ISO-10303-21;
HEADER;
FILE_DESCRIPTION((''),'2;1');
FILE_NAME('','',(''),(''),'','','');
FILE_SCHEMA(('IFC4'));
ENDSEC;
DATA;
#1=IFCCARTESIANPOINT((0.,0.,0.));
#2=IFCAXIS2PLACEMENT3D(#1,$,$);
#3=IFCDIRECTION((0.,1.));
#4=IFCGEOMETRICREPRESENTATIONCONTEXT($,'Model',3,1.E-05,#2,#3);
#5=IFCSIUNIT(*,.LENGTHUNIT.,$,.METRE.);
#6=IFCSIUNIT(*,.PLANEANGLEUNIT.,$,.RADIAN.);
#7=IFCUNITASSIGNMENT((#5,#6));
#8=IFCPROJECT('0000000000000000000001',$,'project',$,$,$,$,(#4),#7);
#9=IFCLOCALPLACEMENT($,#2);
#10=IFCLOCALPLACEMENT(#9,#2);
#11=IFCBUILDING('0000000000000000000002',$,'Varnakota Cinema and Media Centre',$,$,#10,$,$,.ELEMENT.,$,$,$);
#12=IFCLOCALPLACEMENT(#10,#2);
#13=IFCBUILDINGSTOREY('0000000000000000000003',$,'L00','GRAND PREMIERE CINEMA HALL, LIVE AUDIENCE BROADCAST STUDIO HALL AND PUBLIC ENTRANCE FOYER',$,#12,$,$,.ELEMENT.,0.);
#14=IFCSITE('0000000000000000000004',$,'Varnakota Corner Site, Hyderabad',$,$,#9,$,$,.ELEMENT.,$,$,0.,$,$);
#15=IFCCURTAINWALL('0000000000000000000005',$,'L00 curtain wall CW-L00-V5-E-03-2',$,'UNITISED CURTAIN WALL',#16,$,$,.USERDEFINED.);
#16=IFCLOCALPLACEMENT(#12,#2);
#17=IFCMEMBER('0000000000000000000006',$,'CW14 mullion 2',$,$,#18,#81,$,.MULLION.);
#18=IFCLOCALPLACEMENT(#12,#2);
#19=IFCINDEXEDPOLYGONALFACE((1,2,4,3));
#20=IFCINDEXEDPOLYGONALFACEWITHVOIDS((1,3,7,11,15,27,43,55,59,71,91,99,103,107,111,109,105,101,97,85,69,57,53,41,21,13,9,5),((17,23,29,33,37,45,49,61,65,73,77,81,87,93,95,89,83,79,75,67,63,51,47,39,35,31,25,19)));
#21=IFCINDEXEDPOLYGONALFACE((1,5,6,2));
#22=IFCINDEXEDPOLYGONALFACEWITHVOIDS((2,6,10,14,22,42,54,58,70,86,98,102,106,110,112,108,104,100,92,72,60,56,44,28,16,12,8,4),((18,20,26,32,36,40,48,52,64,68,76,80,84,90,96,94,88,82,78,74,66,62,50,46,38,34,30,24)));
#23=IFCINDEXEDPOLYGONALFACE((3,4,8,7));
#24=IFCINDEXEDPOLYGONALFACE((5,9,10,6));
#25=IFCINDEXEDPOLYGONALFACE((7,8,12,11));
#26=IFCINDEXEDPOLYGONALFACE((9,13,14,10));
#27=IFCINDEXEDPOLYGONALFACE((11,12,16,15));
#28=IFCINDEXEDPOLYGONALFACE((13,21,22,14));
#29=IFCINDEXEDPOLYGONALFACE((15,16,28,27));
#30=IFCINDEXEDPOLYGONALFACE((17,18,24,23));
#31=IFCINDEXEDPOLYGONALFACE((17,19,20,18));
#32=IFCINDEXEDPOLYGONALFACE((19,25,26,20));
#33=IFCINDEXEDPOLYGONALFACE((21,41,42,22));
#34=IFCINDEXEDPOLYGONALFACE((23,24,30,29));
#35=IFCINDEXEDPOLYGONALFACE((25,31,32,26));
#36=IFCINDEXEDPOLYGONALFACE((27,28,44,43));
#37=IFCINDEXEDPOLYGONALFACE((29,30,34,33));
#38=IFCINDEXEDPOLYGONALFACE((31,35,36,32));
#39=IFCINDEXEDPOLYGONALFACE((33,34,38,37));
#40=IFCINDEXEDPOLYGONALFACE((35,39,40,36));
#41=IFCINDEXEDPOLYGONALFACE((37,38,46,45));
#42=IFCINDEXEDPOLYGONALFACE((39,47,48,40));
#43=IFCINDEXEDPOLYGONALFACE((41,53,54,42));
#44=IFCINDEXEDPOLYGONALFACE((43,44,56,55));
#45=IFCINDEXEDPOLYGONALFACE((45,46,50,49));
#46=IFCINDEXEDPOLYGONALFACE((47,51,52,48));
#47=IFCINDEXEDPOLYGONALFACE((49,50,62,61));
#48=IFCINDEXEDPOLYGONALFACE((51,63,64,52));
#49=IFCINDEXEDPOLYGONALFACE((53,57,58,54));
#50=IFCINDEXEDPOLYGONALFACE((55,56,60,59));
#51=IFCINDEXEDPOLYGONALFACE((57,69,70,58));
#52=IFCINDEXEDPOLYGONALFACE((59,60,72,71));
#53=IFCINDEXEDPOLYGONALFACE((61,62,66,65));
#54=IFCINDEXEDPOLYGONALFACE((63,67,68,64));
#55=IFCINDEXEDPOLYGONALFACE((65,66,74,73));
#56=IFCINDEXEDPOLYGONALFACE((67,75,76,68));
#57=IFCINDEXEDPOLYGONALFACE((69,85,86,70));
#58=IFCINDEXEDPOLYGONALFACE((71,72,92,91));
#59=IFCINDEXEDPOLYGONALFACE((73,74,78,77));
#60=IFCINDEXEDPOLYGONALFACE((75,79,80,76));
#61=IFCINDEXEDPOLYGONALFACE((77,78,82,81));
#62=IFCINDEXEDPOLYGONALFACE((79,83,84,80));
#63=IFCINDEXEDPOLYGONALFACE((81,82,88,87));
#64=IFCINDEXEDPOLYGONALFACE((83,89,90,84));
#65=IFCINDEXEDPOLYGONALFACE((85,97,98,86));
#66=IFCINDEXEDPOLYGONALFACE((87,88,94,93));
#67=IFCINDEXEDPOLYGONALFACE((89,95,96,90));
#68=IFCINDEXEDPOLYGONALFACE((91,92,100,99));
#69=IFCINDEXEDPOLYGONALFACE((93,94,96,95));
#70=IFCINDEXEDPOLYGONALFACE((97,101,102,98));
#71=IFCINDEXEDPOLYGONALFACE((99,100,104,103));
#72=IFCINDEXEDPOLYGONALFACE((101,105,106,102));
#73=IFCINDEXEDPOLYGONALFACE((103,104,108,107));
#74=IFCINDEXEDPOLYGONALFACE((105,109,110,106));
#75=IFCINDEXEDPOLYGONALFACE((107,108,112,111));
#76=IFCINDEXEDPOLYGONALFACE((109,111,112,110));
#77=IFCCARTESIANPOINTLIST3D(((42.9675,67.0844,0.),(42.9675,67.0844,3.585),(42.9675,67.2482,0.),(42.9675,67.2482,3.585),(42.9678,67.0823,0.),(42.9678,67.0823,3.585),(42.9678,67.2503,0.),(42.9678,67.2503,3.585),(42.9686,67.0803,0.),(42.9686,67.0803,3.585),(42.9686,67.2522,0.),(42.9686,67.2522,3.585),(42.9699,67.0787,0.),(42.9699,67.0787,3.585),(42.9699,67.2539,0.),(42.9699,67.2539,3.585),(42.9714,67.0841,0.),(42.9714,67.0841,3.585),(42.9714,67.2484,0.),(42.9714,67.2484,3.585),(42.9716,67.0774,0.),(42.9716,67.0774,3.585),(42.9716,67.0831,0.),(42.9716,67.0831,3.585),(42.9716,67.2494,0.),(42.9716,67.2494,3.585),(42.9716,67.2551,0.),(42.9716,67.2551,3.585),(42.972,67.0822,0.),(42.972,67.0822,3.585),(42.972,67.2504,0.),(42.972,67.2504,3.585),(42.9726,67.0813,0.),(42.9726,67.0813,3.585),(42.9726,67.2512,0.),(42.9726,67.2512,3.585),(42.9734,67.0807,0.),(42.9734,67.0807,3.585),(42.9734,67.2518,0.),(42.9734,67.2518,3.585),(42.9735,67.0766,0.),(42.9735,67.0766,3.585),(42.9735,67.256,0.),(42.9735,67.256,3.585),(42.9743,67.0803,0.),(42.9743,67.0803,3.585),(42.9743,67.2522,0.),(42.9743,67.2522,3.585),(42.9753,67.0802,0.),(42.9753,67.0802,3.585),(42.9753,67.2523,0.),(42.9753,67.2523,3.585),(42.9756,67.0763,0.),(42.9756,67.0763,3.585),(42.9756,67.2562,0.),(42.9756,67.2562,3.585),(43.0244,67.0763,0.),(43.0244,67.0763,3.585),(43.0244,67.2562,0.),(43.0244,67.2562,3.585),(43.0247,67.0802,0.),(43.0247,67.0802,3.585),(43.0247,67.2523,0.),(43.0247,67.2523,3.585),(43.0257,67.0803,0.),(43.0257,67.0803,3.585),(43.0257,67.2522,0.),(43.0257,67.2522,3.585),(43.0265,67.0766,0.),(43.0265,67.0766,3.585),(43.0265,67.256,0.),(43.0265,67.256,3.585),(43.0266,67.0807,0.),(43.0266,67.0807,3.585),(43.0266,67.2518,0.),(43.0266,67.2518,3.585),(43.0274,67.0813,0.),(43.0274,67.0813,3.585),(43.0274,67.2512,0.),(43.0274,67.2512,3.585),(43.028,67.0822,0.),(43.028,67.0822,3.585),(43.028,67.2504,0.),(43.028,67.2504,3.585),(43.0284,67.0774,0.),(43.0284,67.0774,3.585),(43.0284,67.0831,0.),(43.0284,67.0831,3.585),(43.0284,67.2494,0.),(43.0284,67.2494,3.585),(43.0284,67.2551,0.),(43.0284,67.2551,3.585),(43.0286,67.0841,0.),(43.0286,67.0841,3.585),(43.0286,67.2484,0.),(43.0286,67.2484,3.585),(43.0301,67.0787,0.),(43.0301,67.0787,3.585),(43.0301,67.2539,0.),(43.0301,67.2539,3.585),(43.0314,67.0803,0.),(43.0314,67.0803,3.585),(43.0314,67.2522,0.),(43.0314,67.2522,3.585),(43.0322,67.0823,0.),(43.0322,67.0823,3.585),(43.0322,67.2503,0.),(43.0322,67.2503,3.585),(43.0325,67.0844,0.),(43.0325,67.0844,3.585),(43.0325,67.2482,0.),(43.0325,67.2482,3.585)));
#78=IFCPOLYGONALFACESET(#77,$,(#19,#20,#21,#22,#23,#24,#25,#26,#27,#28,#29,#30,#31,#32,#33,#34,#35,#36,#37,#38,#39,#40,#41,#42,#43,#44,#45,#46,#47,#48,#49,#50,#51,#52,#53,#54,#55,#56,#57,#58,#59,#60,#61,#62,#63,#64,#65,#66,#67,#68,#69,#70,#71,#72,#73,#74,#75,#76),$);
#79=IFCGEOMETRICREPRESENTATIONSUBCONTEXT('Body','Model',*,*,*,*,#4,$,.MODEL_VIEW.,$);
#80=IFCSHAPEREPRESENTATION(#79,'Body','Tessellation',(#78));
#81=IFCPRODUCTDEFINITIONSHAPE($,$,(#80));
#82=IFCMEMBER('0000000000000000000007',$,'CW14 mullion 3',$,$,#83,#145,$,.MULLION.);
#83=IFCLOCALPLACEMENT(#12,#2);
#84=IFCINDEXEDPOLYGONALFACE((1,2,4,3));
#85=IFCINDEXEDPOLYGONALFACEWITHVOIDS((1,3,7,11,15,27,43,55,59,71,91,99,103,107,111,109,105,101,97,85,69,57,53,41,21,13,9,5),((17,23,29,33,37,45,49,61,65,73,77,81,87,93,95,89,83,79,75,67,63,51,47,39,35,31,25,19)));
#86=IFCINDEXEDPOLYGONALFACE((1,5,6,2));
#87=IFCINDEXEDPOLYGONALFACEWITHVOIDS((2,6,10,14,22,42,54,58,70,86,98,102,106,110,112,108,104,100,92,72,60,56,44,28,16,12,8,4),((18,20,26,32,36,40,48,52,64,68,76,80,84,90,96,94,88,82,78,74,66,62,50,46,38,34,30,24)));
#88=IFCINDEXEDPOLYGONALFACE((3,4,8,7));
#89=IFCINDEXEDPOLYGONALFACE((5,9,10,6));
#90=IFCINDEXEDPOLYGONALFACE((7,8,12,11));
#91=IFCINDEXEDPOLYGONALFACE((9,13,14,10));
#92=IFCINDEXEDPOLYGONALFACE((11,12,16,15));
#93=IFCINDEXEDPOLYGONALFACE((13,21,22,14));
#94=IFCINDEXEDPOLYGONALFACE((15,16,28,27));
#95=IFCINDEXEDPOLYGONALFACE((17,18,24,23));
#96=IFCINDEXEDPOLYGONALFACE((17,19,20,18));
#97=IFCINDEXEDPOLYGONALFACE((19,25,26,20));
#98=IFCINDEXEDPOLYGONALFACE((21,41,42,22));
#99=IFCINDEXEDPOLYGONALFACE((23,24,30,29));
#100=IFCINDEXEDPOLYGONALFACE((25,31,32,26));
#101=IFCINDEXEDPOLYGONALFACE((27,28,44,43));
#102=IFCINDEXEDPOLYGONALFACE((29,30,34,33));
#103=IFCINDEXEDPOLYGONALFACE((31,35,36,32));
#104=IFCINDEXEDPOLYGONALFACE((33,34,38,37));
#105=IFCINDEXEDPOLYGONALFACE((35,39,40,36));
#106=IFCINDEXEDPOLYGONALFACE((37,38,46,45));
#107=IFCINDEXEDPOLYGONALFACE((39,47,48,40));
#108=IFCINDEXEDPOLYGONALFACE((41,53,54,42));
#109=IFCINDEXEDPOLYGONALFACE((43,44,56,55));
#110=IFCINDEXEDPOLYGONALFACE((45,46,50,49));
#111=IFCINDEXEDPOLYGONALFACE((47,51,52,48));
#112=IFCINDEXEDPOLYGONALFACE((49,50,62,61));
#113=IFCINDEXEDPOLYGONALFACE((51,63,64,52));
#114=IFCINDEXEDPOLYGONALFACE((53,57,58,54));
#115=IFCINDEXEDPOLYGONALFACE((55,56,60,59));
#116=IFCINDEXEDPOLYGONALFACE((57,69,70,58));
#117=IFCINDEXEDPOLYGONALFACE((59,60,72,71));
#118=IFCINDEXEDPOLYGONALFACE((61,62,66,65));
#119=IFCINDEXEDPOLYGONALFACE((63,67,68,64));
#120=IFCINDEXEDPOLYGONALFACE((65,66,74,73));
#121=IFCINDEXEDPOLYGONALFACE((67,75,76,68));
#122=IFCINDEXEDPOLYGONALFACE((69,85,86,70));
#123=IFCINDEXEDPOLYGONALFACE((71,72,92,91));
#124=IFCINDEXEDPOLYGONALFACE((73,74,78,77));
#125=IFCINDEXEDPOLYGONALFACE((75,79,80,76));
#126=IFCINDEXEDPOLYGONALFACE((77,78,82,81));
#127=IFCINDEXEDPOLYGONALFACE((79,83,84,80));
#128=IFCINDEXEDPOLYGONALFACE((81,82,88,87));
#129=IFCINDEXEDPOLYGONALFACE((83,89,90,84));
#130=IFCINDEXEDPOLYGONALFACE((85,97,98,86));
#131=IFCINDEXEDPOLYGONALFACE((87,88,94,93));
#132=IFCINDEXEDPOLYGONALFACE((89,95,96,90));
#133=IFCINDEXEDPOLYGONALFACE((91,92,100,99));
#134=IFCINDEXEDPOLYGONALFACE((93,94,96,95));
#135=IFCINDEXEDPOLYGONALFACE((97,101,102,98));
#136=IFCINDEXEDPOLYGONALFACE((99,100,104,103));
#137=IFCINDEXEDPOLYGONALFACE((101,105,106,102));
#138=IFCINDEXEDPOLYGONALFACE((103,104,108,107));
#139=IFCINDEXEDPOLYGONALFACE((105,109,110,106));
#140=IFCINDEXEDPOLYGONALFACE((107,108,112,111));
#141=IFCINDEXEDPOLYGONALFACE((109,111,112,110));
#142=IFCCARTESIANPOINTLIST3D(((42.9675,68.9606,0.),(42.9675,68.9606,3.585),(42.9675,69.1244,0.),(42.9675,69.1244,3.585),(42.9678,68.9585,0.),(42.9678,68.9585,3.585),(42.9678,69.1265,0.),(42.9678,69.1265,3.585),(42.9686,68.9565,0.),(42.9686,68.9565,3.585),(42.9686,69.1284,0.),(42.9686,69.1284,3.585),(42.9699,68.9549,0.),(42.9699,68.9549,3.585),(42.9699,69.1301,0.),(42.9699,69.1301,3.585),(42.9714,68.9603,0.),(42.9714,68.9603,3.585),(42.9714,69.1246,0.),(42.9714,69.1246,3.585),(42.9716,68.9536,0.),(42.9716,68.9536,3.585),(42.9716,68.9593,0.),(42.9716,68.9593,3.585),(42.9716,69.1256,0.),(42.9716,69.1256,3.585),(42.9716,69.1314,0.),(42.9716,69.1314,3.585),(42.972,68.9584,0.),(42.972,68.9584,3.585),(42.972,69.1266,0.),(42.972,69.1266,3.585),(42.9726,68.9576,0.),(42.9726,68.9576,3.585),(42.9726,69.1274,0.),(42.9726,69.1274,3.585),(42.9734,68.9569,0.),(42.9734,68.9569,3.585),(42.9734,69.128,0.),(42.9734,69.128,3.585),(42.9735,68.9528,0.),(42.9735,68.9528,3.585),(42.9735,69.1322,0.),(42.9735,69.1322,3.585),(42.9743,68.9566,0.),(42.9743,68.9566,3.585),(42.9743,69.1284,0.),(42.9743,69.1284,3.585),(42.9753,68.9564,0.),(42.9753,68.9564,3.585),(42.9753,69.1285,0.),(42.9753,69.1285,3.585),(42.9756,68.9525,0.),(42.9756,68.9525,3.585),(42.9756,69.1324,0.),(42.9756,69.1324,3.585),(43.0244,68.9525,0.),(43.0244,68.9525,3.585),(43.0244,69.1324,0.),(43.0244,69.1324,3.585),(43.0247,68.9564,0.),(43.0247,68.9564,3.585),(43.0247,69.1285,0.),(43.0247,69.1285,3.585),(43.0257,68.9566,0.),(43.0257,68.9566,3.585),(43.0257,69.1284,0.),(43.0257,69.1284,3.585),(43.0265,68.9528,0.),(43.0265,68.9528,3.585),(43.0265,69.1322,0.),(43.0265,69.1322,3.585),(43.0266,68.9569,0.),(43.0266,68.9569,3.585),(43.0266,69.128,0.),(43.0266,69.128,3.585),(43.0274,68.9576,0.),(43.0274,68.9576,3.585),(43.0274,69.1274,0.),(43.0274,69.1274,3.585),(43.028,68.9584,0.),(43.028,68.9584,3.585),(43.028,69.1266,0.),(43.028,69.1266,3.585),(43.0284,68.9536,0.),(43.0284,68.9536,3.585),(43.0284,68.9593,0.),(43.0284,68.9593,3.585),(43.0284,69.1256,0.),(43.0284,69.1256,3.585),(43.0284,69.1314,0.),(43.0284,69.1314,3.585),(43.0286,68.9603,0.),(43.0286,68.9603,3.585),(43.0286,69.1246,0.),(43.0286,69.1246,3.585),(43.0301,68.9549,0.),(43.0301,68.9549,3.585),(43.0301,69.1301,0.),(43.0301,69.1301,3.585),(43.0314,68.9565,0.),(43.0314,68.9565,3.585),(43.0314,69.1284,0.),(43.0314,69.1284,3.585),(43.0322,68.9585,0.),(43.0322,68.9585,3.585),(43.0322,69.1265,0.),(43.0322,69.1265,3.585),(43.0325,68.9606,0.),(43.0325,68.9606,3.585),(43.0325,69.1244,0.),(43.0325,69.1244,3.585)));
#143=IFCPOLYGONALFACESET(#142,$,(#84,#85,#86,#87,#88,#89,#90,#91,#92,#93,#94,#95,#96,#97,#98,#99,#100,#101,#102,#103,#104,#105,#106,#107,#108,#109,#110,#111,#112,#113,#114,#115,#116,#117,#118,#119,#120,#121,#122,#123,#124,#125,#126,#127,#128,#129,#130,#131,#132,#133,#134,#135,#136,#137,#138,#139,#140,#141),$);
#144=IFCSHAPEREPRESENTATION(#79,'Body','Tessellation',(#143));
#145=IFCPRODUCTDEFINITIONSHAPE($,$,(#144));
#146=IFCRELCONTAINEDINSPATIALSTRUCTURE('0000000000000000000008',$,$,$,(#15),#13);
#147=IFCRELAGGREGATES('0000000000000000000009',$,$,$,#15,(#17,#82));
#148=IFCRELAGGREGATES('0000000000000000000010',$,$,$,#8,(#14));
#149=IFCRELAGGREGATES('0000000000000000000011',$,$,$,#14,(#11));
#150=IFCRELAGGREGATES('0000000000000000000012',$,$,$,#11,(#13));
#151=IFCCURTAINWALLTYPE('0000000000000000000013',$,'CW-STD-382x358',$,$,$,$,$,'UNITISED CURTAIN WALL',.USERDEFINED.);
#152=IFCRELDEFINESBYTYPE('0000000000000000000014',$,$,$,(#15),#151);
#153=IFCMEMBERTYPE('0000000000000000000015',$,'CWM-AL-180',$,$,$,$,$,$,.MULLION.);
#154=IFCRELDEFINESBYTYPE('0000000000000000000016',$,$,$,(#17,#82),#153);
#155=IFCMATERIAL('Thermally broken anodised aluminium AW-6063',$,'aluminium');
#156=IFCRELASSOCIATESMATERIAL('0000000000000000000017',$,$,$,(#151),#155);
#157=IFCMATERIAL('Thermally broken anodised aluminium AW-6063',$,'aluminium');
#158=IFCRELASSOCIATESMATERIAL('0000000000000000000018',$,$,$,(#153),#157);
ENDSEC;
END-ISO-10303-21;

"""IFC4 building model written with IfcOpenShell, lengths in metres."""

from ifc_helpers import new_model, si_unit, direction, frame, origin, origin_2d, place, context, subcontext, project, spatial, hollow_rectangle, extrude, material, material_profile, profile_set, type_object, element, aggregate, save


model = new_model("IFC4")

# Units and contexts
model_context = context("Model", 3, precision=1e-05, world=origin(), true_north=direction((0.0, 1.0)))
body_context = subcontext(model_context, "Body", "Model", "MODEL_VIEW")
ifc_project = project(units=[si_unit("LENGTHUNIT", "METRE"), si_unit("PLANEANGLEUNIT", "RADIAN")], contexts=[model_context])

# Site, building, storey
site_placement = place(None, origin())
site = spatial("IfcSite", under=ifc_project, at=site_placement, Name="Varnakota Corner Site, Hyderabad", CompositionType="ELEMENT", RefElevation=0.0)
building_placement = place(site_placement, origin())
building = spatial("IfcBuilding", under=site, at=building_placement, Name="Varnakota Cinema and Media Centre", CompositionType="ELEMENT")
storey_placement = place(building_placement, origin())
storey = spatial("IfcBuildingStorey", under=building, at=storey_placement, Name="L00", Description="GRAND PREMIERE CINEMA HALL, LIVE AUDIENCE BROADCAST STUDIO HALL AND PUBLIC ENTRANCE FOYER", CompositionType="ELEMENT", Elevation=0.0)

# Shared definitions
ifc_material_1 = material(Name="Thermally broken anodised aluminium AW-6063", Category="aluminium")
curtain_wall_type = type_object("IfcCurtainWallType", Name="CW-STD-382x358", ElementType="UNITISED CURTAIN WALL", PredefinedType="USERDEFINED", material=ifc_material_1)
ifc_material_2 = material(Name="Thermally broken anodised aluminium AW-6063", Category="aluminium")
ifc_material_profile_1 = material_profile(ifc_material_2, hollow_rectangle(XDim=0.0649, YDim=0.1799, WallThickness=0.0039, InnerFilletRadius=0.0039, OuterFilletRadius=0.0081, at=origin_2d()), Name="AL-MULLION 180x65x4")
ifc_profile_set_1 = profile_set([ifc_material_profile_1], Name="Thermally broken anodised aluminium AW-6063")
member_type_1 = type_object("IfcMemberType", Name="CWM-AL-180", PredefinedType="MULLION", material=ifc_profile_set_1)

# Curtain wall, members
curtain_wall_1_placement = place(storey_placement, origin())
curtain_wall_1 = element("IfcCurtainWall", 1, at=curtain_wall_1_placement, inside=storey, type_object=curtain_wall_type, Name="L00 curtain wall CW-L00-V5-E-03-2", ObjectType="UNITISED CURTAIN WALL", PredefinedType="USERDEFINED")
member_1_placement = place(storey_placement, frame((43.0, 67.1663, 0.0), z_axis=(0.0, 0.0, 1.0), x_axis=(-1.0, 0.0, 0.0)))
member_1 = element("IfcMember", 2, at=member_1_placement, type_object=member_type_1, Name="CW14 mullion 2", PredefinedType="MULLION", context=body_context, shape_type="SweptSolid", body=[
    extrude(hollow_rectangle(XDim=0.0649, YDim=0.1799, WallThickness=0.0039, InnerFilletRadius=0.0039, OuterFilletRadius=0.0081, at=origin_2d()), origin(), (0.0, 0.0, 1.0), 3.585),
])
member_2_placement = place(storey_placement, frame((43.0, 69.0425, 0.0), z_axis=(0.0, 0.0, 1.0), x_axis=(-1.0, 0.0, 0.0)))
member_2 = element("IfcMember", 3, at=member_2_placement, type_object=member_type_1, Name="CW14 mullion 3", PredefinedType="MULLION", context=body_context, shape_type="SweptSolid", body=[
    extrude(hollow_rectangle(XDim=0.0649, YDim=0.1799, WallThickness=0.0039, InnerFilletRadius=0.0039, OuterFilletRadius=0.0081, at=origin_2d()), origin(), (0.0, 0.0, 1.0), 3.585),
])

aggregate(curtain_wall_1, [member_1, member_2])

save(model, "model.ifc")
